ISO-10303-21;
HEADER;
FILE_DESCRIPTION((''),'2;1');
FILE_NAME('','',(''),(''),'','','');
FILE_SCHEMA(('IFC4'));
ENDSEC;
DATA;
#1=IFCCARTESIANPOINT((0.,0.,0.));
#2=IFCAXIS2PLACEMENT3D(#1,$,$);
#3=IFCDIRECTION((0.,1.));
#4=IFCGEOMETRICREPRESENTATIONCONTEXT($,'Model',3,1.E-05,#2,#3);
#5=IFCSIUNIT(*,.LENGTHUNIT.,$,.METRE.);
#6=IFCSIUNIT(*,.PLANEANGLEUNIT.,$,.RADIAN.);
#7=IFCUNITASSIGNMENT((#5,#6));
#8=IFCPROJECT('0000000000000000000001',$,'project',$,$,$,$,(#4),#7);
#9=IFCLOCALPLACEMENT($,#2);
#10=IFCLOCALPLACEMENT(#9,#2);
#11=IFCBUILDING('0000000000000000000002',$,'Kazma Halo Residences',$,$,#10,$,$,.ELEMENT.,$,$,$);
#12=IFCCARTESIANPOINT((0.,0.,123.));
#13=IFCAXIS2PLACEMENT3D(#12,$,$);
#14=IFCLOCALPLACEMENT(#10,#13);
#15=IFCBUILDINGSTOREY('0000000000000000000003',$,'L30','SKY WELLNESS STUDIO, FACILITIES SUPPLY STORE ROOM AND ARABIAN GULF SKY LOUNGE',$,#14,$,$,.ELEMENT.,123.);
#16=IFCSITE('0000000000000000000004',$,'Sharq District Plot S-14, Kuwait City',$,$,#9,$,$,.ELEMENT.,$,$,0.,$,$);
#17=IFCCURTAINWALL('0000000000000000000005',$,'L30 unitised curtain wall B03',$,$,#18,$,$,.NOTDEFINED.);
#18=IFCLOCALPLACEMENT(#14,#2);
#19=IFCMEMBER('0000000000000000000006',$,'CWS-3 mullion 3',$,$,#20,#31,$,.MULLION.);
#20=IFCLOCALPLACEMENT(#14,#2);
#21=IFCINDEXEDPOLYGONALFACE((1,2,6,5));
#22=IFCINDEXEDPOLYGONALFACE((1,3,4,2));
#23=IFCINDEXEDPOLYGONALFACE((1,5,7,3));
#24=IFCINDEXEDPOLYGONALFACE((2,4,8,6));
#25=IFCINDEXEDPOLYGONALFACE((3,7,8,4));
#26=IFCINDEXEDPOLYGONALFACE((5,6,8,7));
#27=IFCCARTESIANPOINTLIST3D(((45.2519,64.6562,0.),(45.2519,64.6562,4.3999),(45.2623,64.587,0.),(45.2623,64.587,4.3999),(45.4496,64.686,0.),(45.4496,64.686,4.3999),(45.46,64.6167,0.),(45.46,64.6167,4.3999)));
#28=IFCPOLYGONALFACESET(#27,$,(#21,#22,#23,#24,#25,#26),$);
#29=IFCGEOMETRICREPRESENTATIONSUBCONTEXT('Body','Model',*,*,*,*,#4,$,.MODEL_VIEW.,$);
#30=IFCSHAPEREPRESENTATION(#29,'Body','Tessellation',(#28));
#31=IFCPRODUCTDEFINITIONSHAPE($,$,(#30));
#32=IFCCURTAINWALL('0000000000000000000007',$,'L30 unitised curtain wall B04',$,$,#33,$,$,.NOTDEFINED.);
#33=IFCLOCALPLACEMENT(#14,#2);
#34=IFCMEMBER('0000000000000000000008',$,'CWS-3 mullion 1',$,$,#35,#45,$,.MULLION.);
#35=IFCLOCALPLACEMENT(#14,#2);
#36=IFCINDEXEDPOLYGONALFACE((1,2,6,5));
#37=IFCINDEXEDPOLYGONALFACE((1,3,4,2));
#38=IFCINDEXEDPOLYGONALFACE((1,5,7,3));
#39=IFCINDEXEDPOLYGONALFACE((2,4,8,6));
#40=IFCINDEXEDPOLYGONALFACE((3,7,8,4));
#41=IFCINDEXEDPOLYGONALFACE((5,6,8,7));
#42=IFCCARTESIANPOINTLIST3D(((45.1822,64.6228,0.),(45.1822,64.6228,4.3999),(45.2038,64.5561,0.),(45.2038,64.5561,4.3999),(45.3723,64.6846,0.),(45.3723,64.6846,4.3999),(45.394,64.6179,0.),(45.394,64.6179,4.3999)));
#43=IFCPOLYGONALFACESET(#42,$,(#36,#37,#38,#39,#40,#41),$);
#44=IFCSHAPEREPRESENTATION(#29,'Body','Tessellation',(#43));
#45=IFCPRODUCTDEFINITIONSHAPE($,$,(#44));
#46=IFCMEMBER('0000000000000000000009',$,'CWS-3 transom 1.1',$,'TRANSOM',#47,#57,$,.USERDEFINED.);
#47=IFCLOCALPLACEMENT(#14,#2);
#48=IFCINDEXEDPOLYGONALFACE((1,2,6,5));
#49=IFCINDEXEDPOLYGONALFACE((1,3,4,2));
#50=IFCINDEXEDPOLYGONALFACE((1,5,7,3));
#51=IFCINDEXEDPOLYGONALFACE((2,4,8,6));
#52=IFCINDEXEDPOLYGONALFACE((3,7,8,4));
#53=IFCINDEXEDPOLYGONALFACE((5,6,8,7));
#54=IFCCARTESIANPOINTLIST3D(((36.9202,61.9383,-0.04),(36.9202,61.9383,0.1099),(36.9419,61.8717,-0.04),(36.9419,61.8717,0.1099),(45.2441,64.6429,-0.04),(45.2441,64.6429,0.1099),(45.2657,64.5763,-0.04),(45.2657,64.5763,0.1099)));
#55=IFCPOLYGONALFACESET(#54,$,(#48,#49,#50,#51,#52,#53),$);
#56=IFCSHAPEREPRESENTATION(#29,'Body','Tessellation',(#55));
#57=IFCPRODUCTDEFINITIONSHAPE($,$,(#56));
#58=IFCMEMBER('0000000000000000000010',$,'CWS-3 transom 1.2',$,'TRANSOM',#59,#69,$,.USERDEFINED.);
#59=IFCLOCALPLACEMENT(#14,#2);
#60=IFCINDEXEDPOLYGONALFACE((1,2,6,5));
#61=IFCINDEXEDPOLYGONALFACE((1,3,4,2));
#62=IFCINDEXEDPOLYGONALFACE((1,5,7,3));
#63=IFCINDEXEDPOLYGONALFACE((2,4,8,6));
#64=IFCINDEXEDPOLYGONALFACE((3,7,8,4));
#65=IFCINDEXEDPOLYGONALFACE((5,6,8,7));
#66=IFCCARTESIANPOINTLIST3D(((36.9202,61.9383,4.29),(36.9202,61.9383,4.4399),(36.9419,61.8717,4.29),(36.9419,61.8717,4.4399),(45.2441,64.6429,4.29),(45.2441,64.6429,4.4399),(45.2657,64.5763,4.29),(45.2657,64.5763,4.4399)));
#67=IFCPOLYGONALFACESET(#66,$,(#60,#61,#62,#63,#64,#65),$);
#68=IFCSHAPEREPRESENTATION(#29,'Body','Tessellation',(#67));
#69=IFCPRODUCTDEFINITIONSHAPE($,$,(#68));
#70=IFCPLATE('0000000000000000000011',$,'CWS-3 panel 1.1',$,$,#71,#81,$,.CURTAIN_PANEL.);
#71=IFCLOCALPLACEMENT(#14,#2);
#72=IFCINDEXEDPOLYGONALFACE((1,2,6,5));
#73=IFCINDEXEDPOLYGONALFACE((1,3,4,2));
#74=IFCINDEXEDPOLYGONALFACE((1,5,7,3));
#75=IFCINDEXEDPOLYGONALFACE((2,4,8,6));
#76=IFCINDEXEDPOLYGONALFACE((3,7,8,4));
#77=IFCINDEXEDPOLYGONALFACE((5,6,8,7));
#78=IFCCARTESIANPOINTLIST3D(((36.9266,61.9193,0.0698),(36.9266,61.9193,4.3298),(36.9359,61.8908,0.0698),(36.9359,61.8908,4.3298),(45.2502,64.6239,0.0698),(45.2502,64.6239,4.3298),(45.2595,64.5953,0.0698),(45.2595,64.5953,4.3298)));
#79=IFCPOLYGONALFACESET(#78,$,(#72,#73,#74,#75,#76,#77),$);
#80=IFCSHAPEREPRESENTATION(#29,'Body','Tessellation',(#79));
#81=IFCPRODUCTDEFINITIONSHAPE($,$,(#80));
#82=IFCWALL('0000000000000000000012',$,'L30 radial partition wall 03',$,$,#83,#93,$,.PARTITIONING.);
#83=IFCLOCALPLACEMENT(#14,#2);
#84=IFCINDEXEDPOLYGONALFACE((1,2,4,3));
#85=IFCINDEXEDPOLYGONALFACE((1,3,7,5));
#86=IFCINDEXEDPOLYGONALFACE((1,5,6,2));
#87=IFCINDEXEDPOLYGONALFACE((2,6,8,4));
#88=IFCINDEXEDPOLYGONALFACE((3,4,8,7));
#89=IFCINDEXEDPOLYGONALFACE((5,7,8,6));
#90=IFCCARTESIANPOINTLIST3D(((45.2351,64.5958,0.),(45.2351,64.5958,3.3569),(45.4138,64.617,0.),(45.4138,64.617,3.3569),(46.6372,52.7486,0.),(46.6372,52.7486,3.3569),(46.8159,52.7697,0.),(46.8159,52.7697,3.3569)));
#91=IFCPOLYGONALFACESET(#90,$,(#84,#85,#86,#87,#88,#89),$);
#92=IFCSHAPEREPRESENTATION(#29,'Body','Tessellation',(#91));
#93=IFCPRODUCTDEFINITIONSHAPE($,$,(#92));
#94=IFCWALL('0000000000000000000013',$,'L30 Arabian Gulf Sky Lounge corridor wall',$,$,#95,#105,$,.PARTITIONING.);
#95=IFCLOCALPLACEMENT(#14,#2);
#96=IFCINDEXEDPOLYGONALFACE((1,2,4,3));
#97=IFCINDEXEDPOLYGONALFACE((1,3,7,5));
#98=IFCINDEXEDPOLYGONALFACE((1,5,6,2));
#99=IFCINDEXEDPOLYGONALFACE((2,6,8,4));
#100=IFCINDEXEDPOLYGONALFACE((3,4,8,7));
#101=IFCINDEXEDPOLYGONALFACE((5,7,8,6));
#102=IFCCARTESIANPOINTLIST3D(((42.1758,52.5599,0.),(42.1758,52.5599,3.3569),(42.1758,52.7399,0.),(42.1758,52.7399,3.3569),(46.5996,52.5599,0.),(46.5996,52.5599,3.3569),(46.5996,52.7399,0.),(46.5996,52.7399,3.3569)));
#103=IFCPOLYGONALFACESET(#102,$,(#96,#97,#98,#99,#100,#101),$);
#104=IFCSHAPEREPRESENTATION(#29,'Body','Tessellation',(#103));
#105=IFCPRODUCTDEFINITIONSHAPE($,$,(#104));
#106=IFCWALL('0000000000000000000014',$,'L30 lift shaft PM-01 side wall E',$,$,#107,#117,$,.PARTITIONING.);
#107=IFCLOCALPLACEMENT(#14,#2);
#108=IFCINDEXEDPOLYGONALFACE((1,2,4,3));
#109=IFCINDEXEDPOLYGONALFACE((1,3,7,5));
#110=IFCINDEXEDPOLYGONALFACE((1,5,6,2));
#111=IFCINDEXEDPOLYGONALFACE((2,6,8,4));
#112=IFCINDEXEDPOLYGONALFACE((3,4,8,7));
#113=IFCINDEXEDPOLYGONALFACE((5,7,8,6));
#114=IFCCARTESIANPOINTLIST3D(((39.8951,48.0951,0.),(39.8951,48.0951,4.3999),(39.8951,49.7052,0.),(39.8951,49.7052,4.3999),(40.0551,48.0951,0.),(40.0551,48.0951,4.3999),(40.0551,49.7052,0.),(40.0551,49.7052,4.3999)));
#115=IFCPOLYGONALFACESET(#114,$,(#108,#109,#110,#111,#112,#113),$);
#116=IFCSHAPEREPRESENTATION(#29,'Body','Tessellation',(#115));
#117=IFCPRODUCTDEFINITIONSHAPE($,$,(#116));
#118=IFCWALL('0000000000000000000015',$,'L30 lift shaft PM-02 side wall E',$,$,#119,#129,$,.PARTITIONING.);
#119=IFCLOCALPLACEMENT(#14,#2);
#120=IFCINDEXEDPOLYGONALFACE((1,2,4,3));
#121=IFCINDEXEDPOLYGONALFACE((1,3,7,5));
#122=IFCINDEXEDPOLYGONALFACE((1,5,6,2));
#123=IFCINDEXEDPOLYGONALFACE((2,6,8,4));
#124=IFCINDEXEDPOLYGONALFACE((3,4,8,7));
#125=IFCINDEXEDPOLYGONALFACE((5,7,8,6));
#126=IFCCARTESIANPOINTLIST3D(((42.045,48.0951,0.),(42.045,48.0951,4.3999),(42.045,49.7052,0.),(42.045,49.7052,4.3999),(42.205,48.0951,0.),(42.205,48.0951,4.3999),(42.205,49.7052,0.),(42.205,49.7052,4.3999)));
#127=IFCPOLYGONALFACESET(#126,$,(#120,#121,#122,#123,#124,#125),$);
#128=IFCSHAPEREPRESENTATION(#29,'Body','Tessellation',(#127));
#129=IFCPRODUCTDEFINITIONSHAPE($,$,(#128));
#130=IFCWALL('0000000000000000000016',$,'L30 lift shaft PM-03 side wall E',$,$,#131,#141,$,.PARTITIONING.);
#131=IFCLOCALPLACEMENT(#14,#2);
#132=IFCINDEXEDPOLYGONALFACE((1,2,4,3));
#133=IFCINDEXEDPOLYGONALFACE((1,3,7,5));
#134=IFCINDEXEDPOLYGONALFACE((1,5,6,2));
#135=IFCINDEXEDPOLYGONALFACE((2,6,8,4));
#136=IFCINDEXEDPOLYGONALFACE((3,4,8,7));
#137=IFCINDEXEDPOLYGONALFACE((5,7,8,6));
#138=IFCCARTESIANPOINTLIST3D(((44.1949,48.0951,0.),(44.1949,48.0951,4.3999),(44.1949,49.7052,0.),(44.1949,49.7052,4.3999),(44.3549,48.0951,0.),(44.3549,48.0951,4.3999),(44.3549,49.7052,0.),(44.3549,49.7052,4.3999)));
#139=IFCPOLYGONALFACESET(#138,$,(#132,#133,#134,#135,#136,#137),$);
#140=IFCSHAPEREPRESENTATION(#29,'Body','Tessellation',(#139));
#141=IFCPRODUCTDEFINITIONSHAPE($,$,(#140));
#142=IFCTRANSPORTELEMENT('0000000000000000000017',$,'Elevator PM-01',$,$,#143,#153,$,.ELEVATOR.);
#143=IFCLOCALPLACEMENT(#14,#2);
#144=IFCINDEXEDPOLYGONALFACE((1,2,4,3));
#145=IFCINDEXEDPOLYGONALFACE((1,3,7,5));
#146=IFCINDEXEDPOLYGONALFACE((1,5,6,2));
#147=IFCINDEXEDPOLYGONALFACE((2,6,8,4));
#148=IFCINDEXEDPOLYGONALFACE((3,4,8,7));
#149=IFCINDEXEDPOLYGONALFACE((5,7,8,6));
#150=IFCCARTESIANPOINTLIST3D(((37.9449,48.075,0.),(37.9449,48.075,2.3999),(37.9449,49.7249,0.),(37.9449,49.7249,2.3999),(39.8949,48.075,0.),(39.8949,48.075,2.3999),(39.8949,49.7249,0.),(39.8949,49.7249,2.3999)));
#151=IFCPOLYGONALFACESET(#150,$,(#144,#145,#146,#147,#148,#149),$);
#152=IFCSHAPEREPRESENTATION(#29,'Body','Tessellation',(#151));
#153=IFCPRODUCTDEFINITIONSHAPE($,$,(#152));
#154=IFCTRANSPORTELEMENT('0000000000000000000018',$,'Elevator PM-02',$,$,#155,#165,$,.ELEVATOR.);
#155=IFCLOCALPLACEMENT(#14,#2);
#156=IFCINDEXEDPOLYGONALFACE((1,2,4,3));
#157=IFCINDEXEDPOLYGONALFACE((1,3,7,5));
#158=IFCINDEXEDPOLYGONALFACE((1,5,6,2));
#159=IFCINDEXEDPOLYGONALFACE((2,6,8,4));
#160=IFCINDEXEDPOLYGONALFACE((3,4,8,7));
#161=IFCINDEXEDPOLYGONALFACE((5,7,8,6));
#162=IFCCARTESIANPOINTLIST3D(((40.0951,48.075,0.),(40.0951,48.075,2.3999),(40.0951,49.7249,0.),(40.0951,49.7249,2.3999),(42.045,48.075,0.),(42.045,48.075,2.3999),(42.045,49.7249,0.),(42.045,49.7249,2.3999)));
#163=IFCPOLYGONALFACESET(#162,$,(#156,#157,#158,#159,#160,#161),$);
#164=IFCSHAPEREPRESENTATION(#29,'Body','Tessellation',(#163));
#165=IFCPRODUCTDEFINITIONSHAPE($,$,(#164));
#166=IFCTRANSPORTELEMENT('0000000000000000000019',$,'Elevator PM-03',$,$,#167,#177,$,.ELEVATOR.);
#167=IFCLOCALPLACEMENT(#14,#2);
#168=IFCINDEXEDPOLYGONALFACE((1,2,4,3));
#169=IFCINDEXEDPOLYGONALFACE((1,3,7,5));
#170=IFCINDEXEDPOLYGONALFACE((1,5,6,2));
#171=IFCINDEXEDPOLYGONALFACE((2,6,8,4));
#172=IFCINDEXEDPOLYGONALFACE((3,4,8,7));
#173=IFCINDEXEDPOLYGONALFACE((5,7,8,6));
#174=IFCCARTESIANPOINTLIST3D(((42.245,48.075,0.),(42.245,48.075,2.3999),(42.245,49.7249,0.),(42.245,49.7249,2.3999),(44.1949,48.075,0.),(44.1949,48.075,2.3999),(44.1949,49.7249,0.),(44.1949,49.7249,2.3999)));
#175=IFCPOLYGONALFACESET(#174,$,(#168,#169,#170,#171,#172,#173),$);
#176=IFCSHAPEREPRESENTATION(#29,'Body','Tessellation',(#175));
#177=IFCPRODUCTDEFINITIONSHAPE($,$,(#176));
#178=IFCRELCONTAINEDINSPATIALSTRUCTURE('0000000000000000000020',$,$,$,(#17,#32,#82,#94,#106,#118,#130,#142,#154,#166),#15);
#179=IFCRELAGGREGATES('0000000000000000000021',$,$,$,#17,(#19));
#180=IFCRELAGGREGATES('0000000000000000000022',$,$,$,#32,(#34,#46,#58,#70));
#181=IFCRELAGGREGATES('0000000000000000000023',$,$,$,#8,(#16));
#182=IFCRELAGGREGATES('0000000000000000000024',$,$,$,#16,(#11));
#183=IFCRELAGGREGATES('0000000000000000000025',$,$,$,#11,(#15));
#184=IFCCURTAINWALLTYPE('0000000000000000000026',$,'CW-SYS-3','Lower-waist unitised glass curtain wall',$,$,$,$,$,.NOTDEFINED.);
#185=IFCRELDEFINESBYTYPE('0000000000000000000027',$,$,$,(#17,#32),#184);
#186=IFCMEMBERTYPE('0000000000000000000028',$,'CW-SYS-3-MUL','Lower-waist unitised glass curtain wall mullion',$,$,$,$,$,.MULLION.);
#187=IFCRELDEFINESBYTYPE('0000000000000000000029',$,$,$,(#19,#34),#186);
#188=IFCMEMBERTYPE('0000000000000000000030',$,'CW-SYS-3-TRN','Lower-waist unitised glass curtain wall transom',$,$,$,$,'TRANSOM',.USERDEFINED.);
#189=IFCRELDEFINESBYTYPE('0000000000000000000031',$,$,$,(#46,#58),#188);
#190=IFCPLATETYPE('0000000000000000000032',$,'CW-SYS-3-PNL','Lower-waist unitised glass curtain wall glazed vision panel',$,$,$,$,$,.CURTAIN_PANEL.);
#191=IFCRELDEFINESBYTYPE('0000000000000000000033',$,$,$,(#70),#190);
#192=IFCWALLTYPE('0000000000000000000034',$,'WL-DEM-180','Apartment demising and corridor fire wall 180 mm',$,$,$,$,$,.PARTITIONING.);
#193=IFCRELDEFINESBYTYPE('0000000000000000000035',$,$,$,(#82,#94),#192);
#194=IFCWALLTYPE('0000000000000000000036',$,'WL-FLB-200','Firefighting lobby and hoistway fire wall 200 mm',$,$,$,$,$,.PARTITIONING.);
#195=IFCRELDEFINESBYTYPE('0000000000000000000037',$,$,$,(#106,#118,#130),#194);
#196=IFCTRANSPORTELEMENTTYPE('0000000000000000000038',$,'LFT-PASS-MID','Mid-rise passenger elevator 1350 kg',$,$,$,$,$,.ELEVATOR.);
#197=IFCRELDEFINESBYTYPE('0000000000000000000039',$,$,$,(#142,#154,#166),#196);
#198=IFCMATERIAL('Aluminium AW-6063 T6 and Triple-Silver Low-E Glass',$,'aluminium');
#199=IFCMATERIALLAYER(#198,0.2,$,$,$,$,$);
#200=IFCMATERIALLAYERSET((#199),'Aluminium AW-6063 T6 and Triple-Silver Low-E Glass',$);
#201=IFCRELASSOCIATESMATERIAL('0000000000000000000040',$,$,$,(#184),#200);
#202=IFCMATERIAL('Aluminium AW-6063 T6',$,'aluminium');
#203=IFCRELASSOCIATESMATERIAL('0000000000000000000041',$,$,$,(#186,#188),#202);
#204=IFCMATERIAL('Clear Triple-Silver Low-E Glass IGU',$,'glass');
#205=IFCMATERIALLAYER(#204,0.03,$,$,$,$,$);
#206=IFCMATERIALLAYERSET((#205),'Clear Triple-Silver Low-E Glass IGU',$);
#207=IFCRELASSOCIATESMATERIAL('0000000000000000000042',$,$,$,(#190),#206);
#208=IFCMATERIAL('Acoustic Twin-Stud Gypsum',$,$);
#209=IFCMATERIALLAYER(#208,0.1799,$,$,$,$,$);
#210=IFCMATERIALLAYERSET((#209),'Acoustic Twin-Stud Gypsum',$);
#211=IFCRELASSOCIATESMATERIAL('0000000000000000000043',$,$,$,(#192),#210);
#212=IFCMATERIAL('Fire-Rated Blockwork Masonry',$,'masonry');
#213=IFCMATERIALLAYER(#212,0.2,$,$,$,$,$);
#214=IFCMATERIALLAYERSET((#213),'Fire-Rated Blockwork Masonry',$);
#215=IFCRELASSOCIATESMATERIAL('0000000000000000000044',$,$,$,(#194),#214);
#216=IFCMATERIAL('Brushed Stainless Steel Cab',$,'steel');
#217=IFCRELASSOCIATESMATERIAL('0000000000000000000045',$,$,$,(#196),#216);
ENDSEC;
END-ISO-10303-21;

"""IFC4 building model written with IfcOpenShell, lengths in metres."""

from ifc_helpers import new_model, si_unit, direction, frame, frame_2d, origin, origin_2d, place, context, subcontext, project, spatial, rectangle, extrude, material, layer, layer_set, material_profile, profile_set, type_object, element, aggregate, save


model = new_model("IFC4")

# Units and contexts
model_context = context("Model", 3, precision=1e-05, world=origin(), true_north=direction((0.0, 1.0)))
body_context = subcontext(model_context, "Body", "Model", "MODEL_VIEW")
ifc_project = project(units=[si_unit("LENGTHUNIT", "METRE"), si_unit("PLANEANGLEUNIT", "RADIAN")], contexts=[model_context])

# Site, building, storey
site_placement = place(None, origin())
site = spatial("IfcSite", under=ifc_project, at=site_placement, Name="Sharq District Plot S-14, Kuwait City", CompositionType="ELEMENT", RefElevation=0.0)
building_placement = place(site_placement, origin())
building = spatial("IfcBuilding", under=site, at=building_placement, Name="Kazma Halo Residences", CompositionType="ELEMENT")
storey_placement = place(building_placement, frame((0.0, 0.0, 123.0)))
storey = spatial("IfcBuildingStorey", under=building, at=storey_placement, Name="L30", Description="SKY WELLNESS STUDIO, FACILITIES SUPPLY STORE ROOM AND ARABIAN GULF SKY LOUNGE", CompositionType="ELEMENT", Elevation=123.0)

# Curtain wall, member
ifc_material_1 = material(Name="Aluminium AW-6063 T6 and Triple-Silver Low-E Glass", Category="aluminium")
ifc_layer_1 = layer(ifc_material_1, 0.2)
ifc_layer_set_1 = layer_set([ifc_layer_1], Name="Aluminium AW-6063 T6 and Triple-Silver Low-E Glass")
curtain_wall_type = type_object("IfcCurtainWallType", Name="CW-SYS-3", Description="Lower-waist unitised glass curtain wall", PredefinedType="NOTDEFINED", material=ifc_layer_set_1)
curtain_wall_1_placement = place(storey_placement, origin())
curtain_wall_1 = element("IfcCurtainWall", 1, at=curtain_wall_1_placement, inside=storey, type_object=curtain_wall_type, Name="L30 unitised curtain wall B03", PredefinedType="NOTDEFINED")
ifc_material_2 = material(Name="Aluminium AW-6063 T6", Category="aluminium")
ifc_material_profile_1 = material_profile(ifc_material_2, rectangle(XDim=0.0701, YDim=0.2, at=origin_2d()), Name="CWM-70x200")
ifc_profile_set_1 = profile_set([ifc_material_profile_1], Name="Aluminium AW-6063 T6")
member_type_1 = type_object("IfcMemberType", Name="CW-SYS-3-MUL", Description="Lower-waist unitised glass curtain wall mullion", PredefinedType="MULLION", material=ifc_profile_set_1)
member_1_placement = place(storey_placement, frame((45.356, 64.6365, 0.0), z_axis=(0.0, 0.0, 1.0), x_axis=(0.148768, -0.988872, 0.0)))
member_1 = element("IfcMember", 2, at=member_1_placement, type_object=member_type_1, Name="CWS-3 mullion 3", PredefinedType="MULLION", context=body_context, shape_type="SweptSolid", body=[
    extrude(rectangle(XDim=0.0701, YDim=0.2, at=origin_2d()), origin(), (0.0, 0.0, 1.0), 4.3999),
])
aggregate(curtain_wall_1, [member_1])

# Curtain wall, members, plate
curtain_wall_2_placement = place(storey_placement, origin())
curtain_wall_2 = element("IfcCurtainWall", 3, at=curtain_wall_2_placement, inside=storey, type_object=curtain_wall_type, Name="L30 unitised curtain wall B04", PredefinedType="NOTDEFINED")
member_2_placement = place(storey_placement, frame((45.2881, 64.6204, 0.0), z_axis=(0.0, 0.0, 1.0), x_axis=(0.309022, -0.951055, 0.0)))
member_2 = element("IfcMember", 4, at=member_2_placement, type_object=member_type_1, Name="CWS-3 mullion 1", PredefinedType="MULLION", context=body_context, shape_type="SweptSolid", body=[
    extrude(rectangle(XDim=0.0701, YDim=0.2, at=origin_2d()), origin(), (0.0, 0.0, 1.0), 4.3999),
])
ifc_material_profile_2 = material_profile(ifc_material_2, rectangle(XDim=0.0701, YDim=0.1499, at=origin_2d()), Name="CWT-70x150")
ifc_profile_set_2 = profile_set([ifc_material_profile_2], Name="Aluminium AW-6063 T6")
member_type_2 = type_object("IfcMemberType", Name="CW-SYS-3-TRN", Description="Lower-waist unitised glass curtain wall transom", ElementType="TRANSOM", PredefinedType="USERDEFINED", material=ifc_profile_set_2)
member_3_placement = place(storey_placement, frame((45.2549, 64.6096, 0.0349), z_axis=(-0.951055, -0.309022, 0.0), x_axis=(0.309022, -0.951055, 0.0)))
member_3 = element("IfcMember", 5, at=member_3_placement, type_object=member_type_2, Name="CWS-3 transom 1.1", ObjectType="TRANSOM", PredefinedType="USERDEFINED", context=body_context, shape_type="SweptSolid", body=[
    extrude(rectangle(XDim=0.0701, YDim=0.1499, at=origin_2d()), origin(), (0.0, 0.0, 1.0), 8.7522),
])
member_4_placement = place(storey_placement, frame((45.2549, 64.6096, 4.365), z_axis=(-0.951055, -0.309022, 0.0), x_axis=(0.309022, -0.951055, 0.0)))
member_4 = element("IfcMember", 6, at=member_4_placement, type_object=member_type_2, Name="CWS-3 transom 1.2", ObjectType="TRANSOM", PredefinedType="USERDEFINED", context=body_context, shape_type="SweptSolid", body=[
    extrude(rectangle(XDim=0.0701, YDim=0.1499, at=origin_2d()), origin(), (0.0, 0.0, 1.0), 8.7522),
])
ifc_material_3 = material(Name="Clear Triple-Silver Low-E Glass IGU", Category="glass")
ifc_layer_2 = layer(ifc_material_3, 0.03)
ifc_layer_set_2 = layer_set([ifc_layer_2], Name="Clear Triple-Silver Low-E Glass IGU")
plate_type = type_object("IfcPlateType", Name="CW-SYS-3-PNL", Description="Lower-waist unitised glass curtain wall glazed vision panel", PredefinedType="CURTAIN_PANEL", material=ifc_layer_set_2)
plate_placement = place(storey_placement, frame((41.093, 63.2573, 0.0698), z_axis=(0.0, 0.0, 1.0), x_axis=(-0.951055, -0.309022, 0.0)))
plate = element("IfcPlate", 7, at=plate_placement, type_object=plate_type, Name="CWS-3 panel 1.1", PredefinedType="CURTAIN_PANEL", context=body_context, shape_type="SweptSolid", body=[
    extrude(rectangle(XDim=8.752, YDim=0.03, at=origin_2d()), origin(), (0.0, 0.0, 1.0), 4.26),
])
aggregate(curtain_wall_2, [member_2, member_3, member_4, plate])

# Walls
ifc_material_4 = material(Name="Acoustic Twin-Stud Gypsum")
ifc_layer_3 = layer(ifc_material_4, 0.1799)
ifc_layer_set_3 = layer_set([ifc_layer_3], Name="Acoustic Twin-Stud Gypsum")
wall_type_1 = type_object("IfcWallType", Name="WL-DEM-180", Description="Apartment demising and corridor fire wall 180 mm", PredefinedType="PARTITIONING", material=ifc_layer_set_3)
wall_1_placement = place(storey_placement, frame((46.7266, 52.7593, 0.0), z_axis=(0.0, 0.0, 1.0), x_axis=(-0.117529, 0.993069, 0.0)))
element("IfcWall", 8, at=wall_1_placement, inside=storey, type_object=wall_type_1, Name="L30 radial partition wall 03", PredefinedType="PARTITIONING", context=body_context, shape_type="SweptSolid", body=[
    extrude(rectangle(XDim=11.9299, YDim=0.1799, at=frame_2d((5.9648, 0.0))), origin(), (0.0, 0.0, 1.0), 3.3569),
])
wall_2_placement = place(storey_placement, frame((46.5996, 52.6499, 0.0), z_axis=(0.0, 0.0, 1.0), x_axis=(-1.0, 0.0, 0.0)))
element("IfcWall", 9, at=wall_2_placement, inside=storey, type_object=wall_type_1, Name="L30 Arabian Gulf Sky Lounge corridor wall", PredefinedType="PARTITIONING", context=body_context, shape_type="SweptSolid", body=[
    extrude(rectangle(XDim=4.4238, YDim=0.1799, at=frame_2d((2.2119, 0.0))), origin(), (0.0, 0.0, 1.0), 3.3569),
])

# Walls
ifc_material_5 = material(Name="Fire-Rated Blockwork Masonry", Category="masonry")
ifc_layer_4 = layer(ifc_material_5, 0.2)
ifc_layer_set_4 = layer_set([ifc_layer_4], Name="Fire-Rated Blockwork Masonry")
wall_type_2 = type_object("IfcWallType", Name="WL-FLB-200", Description="Firefighting lobby and hoistway fire wall 200 mm", PredefinedType="PARTITIONING", material=ifc_layer_set_4)
for number, where, z_axis, x_axis, name in (
    (10, (39.9751, 48.095, 0.0), (0.0, 0.0, 1.0), (0.0, 1.0, 0.0), "L30 lift shaft PM-01 side wall E"),
    (11, (42.125, 48.095, 0.0), (0.0, 0.0, 1.0), (0.0, 1.0, 0.0), "L30 lift shaft PM-02 side wall E"),
    (12, (44.2749, 48.095, 0.0), (0.0, 0.0, 1.0), (0.0, 1.0, 0.0), "L30 lift shaft PM-03 side wall E"),
):
    element("IfcWall", number, at=place(storey_placement, frame(where, z_axis=z_axis, x_axis=x_axis)), inside=storey, type_object=wall_type_2, Name=name, PredefinedType="PARTITIONING", context=body_context, shape_type="SweptSolid", body=[
        extrude(rectangle(XDim=1.6101, YDim=0.1599, at=frame_2d((0.8052, 0.0))), origin(), (0.0, 0.0, 1.0), 4.3999),
    ])

# Transport elements
ifc_material_6 = material(Name="Brushed Stainless Steel Cab", Category="steel")
transport_element_type = type_object("IfcTransportElementType", Name="LFT-PASS-MID", Description="Mid-rise passenger elevator 1350 kg", PredefinedType="ELEVATOR", material=ifc_material_6)
for number, where, z_axis, x_axis, name in (
    (13, (38.9199, 48.8999, 0.0), (0.0, 0.0, 1.0), (1.0, 0.0, 0.0), "Elevator PM-01"),
    (14, (41.0701, 48.8999, 0.0), (0.0, 0.0, 1.0), (1.0, 0.0, 0.0), "Elevator PM-02"),
    (15, (43.22, 48.8999, 0.0), (0.0, 0.0, 1.0), (1.0, 0.0, 0.0), "Elevator PM-03"),
):
    element("IfcTransportElement", number, at=place(storey_placement, frame(where, z_axis=z_axis, x_axis=x_axis)), inside=storey, type_object=transport_element_type, Name=name, PredefinedType="ELEVATOR", context=body_context, shape_type="SweptSolid", body=[
        extrude(rectangle(XDim=1.95, YDim=1.6499, at=origin_2d()), origin(), (0.0, 0.0, 1.0), 2.3999),
    ])

save(model, "model.ifc")
